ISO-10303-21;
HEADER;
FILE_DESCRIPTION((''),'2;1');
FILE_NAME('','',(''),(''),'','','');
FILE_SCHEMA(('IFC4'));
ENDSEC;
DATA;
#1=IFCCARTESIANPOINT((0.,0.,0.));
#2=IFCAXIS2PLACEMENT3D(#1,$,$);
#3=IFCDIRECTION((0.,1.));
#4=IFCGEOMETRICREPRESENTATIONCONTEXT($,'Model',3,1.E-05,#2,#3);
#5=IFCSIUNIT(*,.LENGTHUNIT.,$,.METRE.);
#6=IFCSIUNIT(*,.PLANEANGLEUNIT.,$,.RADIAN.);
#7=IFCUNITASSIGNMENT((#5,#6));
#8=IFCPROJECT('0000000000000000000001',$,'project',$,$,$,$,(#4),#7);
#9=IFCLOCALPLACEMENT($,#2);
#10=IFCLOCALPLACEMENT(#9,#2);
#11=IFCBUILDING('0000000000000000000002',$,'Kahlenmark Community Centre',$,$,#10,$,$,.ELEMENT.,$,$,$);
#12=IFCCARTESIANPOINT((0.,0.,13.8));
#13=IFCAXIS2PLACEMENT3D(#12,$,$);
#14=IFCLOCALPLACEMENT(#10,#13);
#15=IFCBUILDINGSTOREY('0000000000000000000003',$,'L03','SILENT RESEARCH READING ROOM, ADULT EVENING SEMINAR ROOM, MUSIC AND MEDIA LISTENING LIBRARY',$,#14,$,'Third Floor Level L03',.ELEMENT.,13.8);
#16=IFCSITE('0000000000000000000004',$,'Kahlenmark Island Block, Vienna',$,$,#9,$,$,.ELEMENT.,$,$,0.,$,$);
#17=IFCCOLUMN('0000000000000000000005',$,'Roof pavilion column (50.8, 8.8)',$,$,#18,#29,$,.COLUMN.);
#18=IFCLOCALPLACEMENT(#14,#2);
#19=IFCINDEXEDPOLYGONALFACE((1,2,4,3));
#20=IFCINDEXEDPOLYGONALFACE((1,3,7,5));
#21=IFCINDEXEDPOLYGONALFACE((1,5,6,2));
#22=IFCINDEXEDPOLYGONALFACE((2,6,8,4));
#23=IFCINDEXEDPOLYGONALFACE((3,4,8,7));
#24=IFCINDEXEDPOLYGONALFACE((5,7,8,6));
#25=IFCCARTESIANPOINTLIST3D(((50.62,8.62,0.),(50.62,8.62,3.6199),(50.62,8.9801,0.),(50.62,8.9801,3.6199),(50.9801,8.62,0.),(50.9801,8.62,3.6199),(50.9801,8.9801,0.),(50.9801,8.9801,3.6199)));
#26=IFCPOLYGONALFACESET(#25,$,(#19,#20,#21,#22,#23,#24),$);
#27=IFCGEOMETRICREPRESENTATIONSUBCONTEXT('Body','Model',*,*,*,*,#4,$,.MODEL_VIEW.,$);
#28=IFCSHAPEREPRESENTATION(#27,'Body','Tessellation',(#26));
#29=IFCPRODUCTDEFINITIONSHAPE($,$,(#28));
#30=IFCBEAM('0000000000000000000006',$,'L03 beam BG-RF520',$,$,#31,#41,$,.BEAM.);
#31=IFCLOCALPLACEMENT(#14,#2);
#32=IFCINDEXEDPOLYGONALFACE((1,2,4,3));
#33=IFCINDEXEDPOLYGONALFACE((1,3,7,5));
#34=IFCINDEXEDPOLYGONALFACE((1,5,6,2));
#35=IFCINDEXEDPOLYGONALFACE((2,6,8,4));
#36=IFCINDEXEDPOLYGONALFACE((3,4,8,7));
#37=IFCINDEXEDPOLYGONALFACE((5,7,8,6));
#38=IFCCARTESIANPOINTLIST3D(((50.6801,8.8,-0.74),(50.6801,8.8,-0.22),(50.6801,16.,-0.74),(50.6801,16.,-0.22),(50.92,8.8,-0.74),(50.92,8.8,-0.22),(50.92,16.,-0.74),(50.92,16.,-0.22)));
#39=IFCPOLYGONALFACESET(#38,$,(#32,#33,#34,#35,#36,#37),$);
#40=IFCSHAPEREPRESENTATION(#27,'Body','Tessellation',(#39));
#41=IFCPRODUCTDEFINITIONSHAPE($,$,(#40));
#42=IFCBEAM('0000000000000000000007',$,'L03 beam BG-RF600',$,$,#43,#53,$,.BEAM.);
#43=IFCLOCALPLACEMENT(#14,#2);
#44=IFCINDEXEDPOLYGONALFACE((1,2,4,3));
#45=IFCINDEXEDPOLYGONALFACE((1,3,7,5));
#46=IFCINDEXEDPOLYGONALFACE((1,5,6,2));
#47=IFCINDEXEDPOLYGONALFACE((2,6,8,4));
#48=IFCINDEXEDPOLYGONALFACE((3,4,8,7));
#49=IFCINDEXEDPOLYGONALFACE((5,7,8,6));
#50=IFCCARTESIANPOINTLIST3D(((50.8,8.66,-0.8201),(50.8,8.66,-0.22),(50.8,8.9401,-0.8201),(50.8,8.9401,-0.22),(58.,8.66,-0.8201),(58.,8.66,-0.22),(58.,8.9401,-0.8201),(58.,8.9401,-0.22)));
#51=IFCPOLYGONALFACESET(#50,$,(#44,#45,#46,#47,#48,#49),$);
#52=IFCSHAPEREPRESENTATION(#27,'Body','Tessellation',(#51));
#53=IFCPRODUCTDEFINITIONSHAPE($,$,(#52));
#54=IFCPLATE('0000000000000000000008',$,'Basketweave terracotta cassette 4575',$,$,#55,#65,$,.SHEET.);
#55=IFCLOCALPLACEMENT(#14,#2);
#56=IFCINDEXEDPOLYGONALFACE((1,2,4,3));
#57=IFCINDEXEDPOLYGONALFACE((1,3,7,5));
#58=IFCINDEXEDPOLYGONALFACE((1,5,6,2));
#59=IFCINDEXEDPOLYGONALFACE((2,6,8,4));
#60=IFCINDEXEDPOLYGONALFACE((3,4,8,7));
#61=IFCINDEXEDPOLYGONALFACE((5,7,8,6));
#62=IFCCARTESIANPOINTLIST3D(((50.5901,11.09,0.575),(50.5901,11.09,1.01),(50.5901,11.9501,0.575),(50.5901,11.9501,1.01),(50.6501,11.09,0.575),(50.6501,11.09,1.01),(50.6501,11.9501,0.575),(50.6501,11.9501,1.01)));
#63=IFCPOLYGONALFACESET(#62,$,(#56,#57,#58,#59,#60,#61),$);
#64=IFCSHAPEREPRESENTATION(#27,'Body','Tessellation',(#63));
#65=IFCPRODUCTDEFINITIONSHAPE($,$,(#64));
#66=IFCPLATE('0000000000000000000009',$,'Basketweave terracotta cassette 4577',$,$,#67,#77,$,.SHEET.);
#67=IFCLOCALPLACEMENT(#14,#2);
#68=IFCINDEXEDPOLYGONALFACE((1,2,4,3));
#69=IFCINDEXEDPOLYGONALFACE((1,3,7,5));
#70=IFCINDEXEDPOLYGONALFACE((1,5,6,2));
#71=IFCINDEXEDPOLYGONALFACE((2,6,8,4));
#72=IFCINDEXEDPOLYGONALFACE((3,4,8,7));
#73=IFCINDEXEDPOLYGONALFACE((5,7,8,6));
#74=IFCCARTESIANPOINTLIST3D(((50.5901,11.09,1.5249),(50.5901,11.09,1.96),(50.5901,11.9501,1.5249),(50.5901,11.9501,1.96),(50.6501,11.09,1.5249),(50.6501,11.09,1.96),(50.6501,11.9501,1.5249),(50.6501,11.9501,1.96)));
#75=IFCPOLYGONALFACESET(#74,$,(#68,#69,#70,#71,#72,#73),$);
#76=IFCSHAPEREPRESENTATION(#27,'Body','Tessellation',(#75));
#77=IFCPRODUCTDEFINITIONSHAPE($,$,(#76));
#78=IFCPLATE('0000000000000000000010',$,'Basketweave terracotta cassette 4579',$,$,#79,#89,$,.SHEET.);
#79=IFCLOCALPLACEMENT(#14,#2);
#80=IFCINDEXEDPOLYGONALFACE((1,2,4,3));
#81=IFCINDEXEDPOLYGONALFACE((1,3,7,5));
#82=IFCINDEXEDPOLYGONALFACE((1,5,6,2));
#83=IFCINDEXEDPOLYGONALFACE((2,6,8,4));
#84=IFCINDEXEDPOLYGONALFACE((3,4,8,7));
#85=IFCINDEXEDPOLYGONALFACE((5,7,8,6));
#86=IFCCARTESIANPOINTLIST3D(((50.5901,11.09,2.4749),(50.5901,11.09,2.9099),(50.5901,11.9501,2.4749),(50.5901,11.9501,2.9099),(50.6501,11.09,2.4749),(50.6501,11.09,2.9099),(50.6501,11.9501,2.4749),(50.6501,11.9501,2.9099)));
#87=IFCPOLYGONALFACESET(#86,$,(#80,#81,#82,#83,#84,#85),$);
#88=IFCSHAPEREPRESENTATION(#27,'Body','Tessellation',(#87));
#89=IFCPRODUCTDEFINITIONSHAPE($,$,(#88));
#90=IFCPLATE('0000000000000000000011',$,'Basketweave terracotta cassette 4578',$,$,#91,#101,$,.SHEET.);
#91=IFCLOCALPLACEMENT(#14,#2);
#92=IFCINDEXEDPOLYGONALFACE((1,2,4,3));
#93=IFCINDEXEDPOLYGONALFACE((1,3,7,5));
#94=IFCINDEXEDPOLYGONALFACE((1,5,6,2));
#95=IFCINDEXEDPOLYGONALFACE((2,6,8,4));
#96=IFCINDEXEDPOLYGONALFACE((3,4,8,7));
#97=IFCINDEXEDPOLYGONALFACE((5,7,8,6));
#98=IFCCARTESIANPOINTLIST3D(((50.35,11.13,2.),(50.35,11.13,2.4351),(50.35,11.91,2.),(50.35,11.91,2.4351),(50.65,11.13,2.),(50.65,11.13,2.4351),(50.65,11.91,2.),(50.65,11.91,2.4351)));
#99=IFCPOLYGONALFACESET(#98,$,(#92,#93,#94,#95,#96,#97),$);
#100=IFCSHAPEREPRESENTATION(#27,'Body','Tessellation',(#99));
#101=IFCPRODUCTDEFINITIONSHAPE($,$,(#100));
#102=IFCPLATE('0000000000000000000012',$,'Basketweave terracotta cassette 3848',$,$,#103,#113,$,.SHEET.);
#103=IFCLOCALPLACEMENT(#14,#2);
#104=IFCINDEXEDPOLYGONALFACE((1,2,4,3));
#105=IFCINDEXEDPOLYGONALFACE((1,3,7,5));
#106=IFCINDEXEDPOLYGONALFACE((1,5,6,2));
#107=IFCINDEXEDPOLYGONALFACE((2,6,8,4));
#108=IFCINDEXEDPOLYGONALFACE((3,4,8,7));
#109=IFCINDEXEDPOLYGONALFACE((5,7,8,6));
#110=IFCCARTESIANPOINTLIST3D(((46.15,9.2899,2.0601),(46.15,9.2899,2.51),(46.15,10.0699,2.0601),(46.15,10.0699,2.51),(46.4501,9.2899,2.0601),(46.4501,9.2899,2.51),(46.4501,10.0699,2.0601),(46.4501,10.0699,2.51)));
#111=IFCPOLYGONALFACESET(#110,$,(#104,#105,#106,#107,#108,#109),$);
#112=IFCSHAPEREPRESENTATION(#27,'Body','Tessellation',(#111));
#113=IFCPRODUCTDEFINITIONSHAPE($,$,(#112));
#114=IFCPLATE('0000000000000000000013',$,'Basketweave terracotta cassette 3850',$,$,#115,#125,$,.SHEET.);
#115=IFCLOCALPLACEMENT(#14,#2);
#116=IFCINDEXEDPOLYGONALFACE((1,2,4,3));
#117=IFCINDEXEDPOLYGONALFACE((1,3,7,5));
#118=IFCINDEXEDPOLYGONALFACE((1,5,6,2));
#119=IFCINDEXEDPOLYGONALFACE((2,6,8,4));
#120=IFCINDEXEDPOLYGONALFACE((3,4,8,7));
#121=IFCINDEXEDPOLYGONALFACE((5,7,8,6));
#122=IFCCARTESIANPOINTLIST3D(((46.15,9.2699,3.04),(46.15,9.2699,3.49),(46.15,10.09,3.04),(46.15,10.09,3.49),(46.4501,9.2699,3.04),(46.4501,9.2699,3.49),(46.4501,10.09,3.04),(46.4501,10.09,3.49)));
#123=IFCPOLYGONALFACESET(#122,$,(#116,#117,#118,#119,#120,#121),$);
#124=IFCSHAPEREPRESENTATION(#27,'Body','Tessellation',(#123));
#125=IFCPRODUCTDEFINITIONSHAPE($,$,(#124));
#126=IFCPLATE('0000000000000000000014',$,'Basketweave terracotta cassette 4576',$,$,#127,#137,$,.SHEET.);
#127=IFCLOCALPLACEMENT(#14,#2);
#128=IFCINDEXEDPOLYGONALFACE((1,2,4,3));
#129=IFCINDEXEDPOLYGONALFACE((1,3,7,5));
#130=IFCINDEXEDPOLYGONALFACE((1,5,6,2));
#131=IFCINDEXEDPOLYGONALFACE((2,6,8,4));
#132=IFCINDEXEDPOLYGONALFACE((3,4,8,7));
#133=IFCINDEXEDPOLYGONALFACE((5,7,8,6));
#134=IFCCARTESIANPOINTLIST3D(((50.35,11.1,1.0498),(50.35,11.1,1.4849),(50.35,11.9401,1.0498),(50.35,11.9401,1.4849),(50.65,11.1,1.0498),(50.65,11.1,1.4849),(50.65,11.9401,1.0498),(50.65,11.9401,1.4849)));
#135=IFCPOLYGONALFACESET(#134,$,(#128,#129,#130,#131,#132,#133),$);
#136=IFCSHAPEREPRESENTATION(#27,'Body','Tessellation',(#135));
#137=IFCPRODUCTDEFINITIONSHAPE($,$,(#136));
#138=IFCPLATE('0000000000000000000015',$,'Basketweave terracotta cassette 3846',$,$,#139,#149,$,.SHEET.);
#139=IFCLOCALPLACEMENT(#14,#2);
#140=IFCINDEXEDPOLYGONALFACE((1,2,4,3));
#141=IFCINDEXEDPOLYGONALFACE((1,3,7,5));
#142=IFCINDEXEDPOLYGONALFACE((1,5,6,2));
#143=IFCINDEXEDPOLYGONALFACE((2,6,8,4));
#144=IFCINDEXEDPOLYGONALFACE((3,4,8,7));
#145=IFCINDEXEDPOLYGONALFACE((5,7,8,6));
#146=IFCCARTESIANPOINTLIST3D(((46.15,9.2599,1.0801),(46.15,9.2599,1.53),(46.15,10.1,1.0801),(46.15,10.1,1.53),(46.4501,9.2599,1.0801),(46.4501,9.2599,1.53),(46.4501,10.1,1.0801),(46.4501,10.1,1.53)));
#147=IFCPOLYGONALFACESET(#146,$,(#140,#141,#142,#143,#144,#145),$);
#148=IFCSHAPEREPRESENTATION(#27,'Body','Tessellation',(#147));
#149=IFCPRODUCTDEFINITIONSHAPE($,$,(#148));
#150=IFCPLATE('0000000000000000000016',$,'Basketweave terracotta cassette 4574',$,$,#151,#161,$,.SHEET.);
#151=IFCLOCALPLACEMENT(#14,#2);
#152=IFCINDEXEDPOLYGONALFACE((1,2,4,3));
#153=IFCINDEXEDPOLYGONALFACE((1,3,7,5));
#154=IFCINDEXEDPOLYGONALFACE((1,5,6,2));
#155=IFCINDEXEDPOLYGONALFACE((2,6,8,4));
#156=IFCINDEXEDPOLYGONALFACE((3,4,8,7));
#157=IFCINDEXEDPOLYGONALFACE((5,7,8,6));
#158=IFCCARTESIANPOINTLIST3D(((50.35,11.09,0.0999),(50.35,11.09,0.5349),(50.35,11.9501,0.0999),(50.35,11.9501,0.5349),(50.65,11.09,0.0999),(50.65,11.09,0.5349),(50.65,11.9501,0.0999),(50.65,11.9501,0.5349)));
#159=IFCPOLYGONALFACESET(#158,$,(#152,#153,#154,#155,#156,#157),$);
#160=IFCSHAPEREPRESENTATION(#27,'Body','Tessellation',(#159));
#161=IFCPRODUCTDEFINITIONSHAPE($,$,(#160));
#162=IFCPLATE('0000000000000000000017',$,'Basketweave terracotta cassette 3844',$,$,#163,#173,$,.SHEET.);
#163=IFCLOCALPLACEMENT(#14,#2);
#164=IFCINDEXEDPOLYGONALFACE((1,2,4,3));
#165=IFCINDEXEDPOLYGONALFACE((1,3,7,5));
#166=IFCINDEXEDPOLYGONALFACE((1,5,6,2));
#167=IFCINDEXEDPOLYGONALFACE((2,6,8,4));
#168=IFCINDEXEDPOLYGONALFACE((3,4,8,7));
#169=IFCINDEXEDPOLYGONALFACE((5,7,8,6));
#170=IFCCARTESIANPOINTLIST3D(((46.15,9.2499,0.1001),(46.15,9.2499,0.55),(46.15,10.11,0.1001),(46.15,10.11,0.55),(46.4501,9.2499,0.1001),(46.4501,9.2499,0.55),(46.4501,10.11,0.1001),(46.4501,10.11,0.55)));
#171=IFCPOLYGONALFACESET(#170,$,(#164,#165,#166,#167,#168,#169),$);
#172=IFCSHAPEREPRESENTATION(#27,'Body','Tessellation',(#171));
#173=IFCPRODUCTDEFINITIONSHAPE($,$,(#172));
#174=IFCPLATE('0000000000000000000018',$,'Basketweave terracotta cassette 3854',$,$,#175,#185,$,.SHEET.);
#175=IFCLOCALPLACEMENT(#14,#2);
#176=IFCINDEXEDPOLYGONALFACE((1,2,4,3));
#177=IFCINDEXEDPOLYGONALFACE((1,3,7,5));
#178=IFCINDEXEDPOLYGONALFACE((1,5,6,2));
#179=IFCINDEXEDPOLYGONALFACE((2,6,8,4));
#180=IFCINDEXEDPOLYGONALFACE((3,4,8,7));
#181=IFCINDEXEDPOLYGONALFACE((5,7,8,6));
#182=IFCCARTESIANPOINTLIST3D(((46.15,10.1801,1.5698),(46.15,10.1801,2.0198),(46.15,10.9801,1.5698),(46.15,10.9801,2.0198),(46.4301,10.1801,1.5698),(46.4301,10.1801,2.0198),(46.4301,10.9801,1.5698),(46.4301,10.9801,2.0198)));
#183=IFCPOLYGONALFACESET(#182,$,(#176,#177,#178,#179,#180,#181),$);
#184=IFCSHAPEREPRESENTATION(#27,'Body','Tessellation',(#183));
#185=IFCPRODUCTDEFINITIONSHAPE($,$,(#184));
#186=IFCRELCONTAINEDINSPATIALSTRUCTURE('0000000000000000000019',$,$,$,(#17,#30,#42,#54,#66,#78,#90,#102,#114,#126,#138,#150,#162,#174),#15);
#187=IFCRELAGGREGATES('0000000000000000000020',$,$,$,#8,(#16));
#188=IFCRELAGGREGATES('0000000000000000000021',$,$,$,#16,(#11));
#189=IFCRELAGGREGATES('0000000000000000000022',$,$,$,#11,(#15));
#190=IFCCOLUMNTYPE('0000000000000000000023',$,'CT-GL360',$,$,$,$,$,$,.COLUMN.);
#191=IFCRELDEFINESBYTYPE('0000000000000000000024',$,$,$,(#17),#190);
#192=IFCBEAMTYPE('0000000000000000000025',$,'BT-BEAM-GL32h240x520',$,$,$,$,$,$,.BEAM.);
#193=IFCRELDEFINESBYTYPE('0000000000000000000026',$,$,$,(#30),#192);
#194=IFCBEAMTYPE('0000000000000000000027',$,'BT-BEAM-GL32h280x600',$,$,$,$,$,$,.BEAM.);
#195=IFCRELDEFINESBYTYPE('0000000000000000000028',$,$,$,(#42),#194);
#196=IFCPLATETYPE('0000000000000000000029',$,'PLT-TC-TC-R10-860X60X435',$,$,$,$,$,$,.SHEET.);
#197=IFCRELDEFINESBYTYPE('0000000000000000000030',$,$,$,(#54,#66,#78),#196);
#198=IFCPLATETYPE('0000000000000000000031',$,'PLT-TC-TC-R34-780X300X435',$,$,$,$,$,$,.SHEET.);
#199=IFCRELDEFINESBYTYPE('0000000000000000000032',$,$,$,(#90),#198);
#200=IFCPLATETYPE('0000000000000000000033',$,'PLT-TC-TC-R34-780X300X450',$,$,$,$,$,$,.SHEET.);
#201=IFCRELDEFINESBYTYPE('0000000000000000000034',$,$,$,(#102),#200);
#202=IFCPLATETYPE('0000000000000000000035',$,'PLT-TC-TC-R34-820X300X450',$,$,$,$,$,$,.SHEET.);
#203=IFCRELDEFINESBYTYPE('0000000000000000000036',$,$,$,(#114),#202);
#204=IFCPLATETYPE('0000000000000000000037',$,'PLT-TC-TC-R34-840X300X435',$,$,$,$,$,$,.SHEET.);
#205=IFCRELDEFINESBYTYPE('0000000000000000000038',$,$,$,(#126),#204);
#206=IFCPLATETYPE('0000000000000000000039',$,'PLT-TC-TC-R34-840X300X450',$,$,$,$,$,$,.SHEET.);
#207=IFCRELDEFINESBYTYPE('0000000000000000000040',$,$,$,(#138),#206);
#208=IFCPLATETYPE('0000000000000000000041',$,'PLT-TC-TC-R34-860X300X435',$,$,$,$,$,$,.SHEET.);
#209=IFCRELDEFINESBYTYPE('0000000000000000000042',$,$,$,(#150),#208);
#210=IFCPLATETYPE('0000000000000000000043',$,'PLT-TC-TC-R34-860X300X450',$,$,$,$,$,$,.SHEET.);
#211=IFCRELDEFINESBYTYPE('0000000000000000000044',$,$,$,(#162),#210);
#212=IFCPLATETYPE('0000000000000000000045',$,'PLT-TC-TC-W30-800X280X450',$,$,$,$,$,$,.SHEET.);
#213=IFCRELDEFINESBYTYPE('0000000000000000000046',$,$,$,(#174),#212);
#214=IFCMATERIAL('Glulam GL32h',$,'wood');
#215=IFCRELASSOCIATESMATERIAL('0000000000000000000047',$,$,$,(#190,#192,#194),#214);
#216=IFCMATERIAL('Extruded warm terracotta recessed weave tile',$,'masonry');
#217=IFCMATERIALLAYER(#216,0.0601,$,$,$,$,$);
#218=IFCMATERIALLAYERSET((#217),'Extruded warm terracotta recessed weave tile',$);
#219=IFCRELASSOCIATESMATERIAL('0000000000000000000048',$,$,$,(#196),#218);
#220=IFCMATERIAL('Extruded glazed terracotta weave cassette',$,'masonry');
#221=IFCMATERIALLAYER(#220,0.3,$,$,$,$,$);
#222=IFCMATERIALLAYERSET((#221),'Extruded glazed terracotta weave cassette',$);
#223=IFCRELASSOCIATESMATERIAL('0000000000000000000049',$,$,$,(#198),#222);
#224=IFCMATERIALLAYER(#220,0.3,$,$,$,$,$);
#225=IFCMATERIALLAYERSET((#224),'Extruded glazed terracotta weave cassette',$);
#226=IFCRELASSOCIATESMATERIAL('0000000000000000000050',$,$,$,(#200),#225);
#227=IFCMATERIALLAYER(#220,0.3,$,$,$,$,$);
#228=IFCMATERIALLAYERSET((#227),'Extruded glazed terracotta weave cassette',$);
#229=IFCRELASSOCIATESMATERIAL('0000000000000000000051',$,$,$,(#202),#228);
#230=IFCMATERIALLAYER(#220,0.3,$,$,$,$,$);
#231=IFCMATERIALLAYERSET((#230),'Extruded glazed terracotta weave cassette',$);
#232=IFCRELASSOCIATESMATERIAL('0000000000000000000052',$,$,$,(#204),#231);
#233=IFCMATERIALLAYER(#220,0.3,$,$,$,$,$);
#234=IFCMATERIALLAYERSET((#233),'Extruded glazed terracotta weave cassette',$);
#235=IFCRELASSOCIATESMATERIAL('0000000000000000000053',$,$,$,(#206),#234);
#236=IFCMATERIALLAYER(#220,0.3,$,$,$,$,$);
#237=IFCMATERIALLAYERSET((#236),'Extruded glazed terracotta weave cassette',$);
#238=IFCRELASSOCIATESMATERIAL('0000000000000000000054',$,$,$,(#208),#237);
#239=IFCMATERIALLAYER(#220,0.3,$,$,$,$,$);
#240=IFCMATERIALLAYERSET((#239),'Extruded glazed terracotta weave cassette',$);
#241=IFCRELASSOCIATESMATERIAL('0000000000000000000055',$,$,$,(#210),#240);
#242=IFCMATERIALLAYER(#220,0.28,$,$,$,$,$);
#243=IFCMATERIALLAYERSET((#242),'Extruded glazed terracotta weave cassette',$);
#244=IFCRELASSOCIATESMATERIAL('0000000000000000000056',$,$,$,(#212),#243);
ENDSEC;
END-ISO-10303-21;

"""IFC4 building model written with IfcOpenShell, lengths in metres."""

from ifc_helpers import new_model, si_unit, direction, frame, origin, origin_2d, place, context, subcontext, project, spatial, rectangle, extrude, material, layer, layer_set, material_profile, profile_set, type_object, element, save


model = new_model("IFC4")

# Units and contexts
model_context = context("Model", 3, precision=1e-05, world=origin(), true_north=direction((0.0, 1.0)))
body_context = subcontext(model_context, "Body", "Model", "MODEL_VIEW")
ifc_project = project(units=[si_unit("LENGTHUNIT", "METRE"), si_unit("PLANEANGLEUNIT", "RADIAN")], contexts=[model_context])

# Site, building, storey
site_placement = place(None, origin())
site = spatial("IfcSite", under=ifc_project, at=site_placement, Name="Kahlenmark Island Block, Vienna", CompositionType="ELEMENT", RefElevation=0.0)
building_placement = place(site_placement, origin())
building = spatial("IfcBuilding", under=site, at=building_placement, Name="Kahlenmark Community Centre", CompositionType="ELEMENT")
storey_placement = place(building_placement, frame((0.0, 0.0, 13.8)))
storey = spatial("IfcBuildingStorey", under=building, at=storey_placement, Name="L03", Description="SILENT RESEARCH READING ROOM, ADULT EVENING SEMINAR ROOM, MUSIC AND MEDIA LISTENING LIBRARY", LongName="Third Floor Level L03", CompositionType="ELEMENT", Elevation=13.8)

# Column
ifc_material_1 = material(Name="Glulam GL32h", Category="wood")
ifc_material_profile_1 = material_profile(ifc_material_1, rectangle(XDim=0.3601, YDim=0.3601, at=origin_2d()), Name="GL32h 360x360")
ifc_profile_set_1 = profile_set([ifc_material_profile_1], Name="Glulam GL32h")
column_type = type_object("IfcColumnType", Name="CT-GL360", PredefinedType="COLUMN", material=ifc_profile_set_1)
column_placement = place(storey_placement, frame((50.8, 8.8, 0.0), z_axis=(0.0, 0.0, 1.0), x_axis=(1.0, 0.0, 0.0)))
element("IfcColumn", 1, at=column_placement, inside=storey, type_object=column_type, Name="Roof pavilion column (50.8, 8.8)", PredefinedType="COLUMN", context=body_context, shape_type="SweptSolid", body=[
    extrude(rectangle(XDim=0.3601, YDim=0.3601, at=origin_2d()), origin(), (0.0, 0.0, 1.0), 3.6199),
])

# Beams
ifc_material_profile_2 = material_profile(ifc_material_1, rectangle(XDim=0.24, YDim=0.52, at=origin_2d()), Name="GL32h 240x520")
ifc_profile_set_2 = profile_set([ifc_material_profile_2], Name="Glulam GL32h")
beam_type_1 = type_object("IfcBeamType", Name="BT-BEAM-GL32h240x520", PredefinedType="BEAM", material=ifc_profile_set_2)
beam_1_placement = place(storey_placement, frame((50.8, 8.8, -0.48), z_axis=(0.0, 1.0, 0.0), x_axis=(-1.0, 0.0, 0.0)))
element("IfcBeam", 2, at=beam_1_placement, inside=storey, type_object=beam_type_1, Name="L03 beam BG-RF520", PredefinedType="BEAM", context=body_context, shape_type="SweptSolid", body=[
    extrude(rectangle(XDim=0.24, YDim=0.52, at=origin_2d()), origin(), (0.0, 0.0, 1.0), 7.2),
])
ifc_material_profile_3 = material_profile(ifc_material_1, rectangle(XDim=0.28, YDim=0.6001, at=origin_2d()), Name="GL32h 280x600")
ifc_profile_set_3 = profile_set([ifc_material_profile_3], Name="Glulam GL32h")
beam_type_2 = type_object("IfcBeamType", Name="BT-BEAM-GL32h280x600", PredefinedType="BEAM", material=ifc_profile_set_3)
beam_2_placement = place(storey_placement, frame((50.8, 8.8, -0.52), z_axis=(1.0, 0.0, 0.0), x_axis=(0.0, 1.0, 0.0)))
element("IfcBeam", 3, at=beam_2_placement, inside=storey, type_object=beam_type_2, Name="L03 beam BG-RF600", PredefinedType="BEAM", context=body_context, shape_type="SweptSolid", body=[
    extrude(rectangle(XDim=0.28, YDim=0.6001, at=origin_2d()), origin(), (0.0, 0.0, 1.0), 7.2),
])

# Plates
ifc_material_2 = material(Name="Extruded warm terracotta recessed weave tile", Category="masonry")
ifc_layer_1 = layer(ifc_material_2, 0.0601)
ifc_layer_set_1 = layer_set([ifc_layer_1], Name="Extruded warm terracotta recessed weave tile")
plate_type_1 = type_object("IfcPlateType", Name="PLT-TC-TC-R10-860X60X435", PredefinedType="SHEET", material=ifc_layer_set_1)
for number, where, z_axis, x_axis, name in (
    (4, (50.6201, 11.52, 0.575), (0.0, 0.0, 1.0), (0.0, -1.0, 0.0), "Basketweave terracotta cassette 4575"),
    (5, (50.6201, 11.52, 1.5249), (0.0, 0.0, 1.0), (0.0, -1.0, 0.0), "Basketweave terracotta cassette 4577"),
    (6, (50.6201, 11.52, 2.4749), (0.0, 0.0, 1.0), (0.0, -1.0, 0.0), "Basketweave terracotta cassette 4579"),
):
    element("IfcPlate", number, at=place(storey_placement, frame(where, z_axis=z_axis, x_axis=x_axis)), inside=storey, type_object=plate_type_1, Name=name, PredefinedType="SHEET", context=body_context, shape_type="SweptSolid", body=[
        extrude(rectangle(XDim=0.8601, YDim=0.0601, at=origin_2d()), origin(), (0.0, 0.0, 1.0), 0.4351),
    ])
ifc_material_3 = material(Name="Extruded glazed terracotta weave cassette", Category="masonry")
ifc_layer_2 = layer(ifc_material_3, 0.3)
ifc_layer_set_2 = layer_set([ifc_layer_2], Name="Extruded glazed terracotta weave cassette")
plate_type_2 = type_object("IfcPlateType", Name="PLT-TC-TC-R34-780X300X435", PredefinedType="SHEET", material=ifc_layer_set_2)
plate_1_placement = place(storey_placement, frame((50.5, 11.52, 2.0), z_axis=(0.0, 0.0, 1.0), x_axis=(0.0, -1.0, 0.0)))
element("IfcPlate", 7, at=plate_1_placement, inside=storey, type_object=plate_type_2, Name="Basketweave terracotta cassette 4578", PredefinedType="SHEET", context=body_context, shape_type="SweptSolid", body=[
    extrude(rectangle(XDim=0.78, YDim=0.3, at=origin_2d()), origin(), (0.0, 0.0, 1.0), 0.4351),
])
ifc_layer_3 = layer(ifc_material_3, 0.3)
ifc_layer_set_3 = layer_set([ifc_layer_3], Name="Extruded glazed terracotta weave cassette")
plate_type_3 = type_object("IfcPlateType", Name="PLT-TC-TC-R34-780X300X450", PredefinedType="SHEET", material=ifc_layer_set_3)
plate_2_placement = place(storey_placement, frame((46.3, 9.6799, 2.0601), z_axis=(0.0, 0.0, 1.0), x_axis=(0.0, 1.0, 0.0)))
element("IfcPlate", 8, at=plate_2_placement, inside=storey, type_object=plate_type_3, Name="Basketweave terracotta cassette 3848", PredefinedType="SHEET", context=body_context, shape_type="SweptSolid", body=[
    extrude(rectangle(XDim=0.78, YDim=0.3, at=origin_2d()), origin(), (0.0, 0.0, 1.0), 0.45),
])
ifc_layer_4 = layer(ifc_material_3, 0.3)
ifc_layer_set_4 = layer_set([ifc_layer_4], Name="Extruded glazed terracotta weave cassette")
plate_type_4 = type_object("IfcPlateType", Name="PLT-TC-TC-R34-820X300X450", PredefinedType="SHEET", material=ifc_layer_set_4)
plate_3_placement = place(storey_placement, frame((46.3, 9.6799, 3.04), z_axis=(0.0, 0.0, 1.0), x_axis=(0.0, 1.0, 0.0)))
element("IfcPlate", 9, at=plate_3_placement, inside=storey, type_object=plate_type_4, Name="Basketweave terracotta cassette 3850", PredefinedType="SHEET", context=body_context, shape_type="SweptSolid", body=[
    extrude(rectangle(XDim=0.8201, YDim=0.3, at=origin_2d()), origin(), (0.0, 0.0, 1.0), 0.45),
])
ifc_layer_5 = layer(ifc_material_3, 0.3)
ifc_layer_set_5 = layer_set([ifc_layer_5], Name="Extruded glazed terracotta weave cassette")
plate_type_5 = type_object("IfcPlateType", Name="PLT-TC-TC-R34-840X300X435", PredefinedType="SHEET", material=ifc_layer_set_5)
plate_4_placement = place(storey_placement, frame((50.5, 11.52, 1.0498), z_axis=(0.0, 0.0, 1.0), x_axis=(0.0, -1.0, 0.0)))
element("IfcPlate", 10, at=plate_4_placement, inside=storey, type_object=plate_type_5, Name="Basketweave terracotta cassette 4576", PredefinedType="SHEET", context=body_context, shape_type="SweptSolid", body=[
    extrude(rectangle(XDim=0.8401, YDim=0.3, at=origin_2d()), origin(), (0.0, 0.0, 1.0), 0.4351),
])
ifc_layer_6 = layer(ifc_material_3, 0.3)
ifc_layer_set_6 = layer_set([ifc_layer_6], Name="Extruded glazed terracotta weave cassette")
plate_type_6 = type_object("IfcPlateType", Name="PLT-TC-TC-R34-840X300X450", PredefinedType="SHEET", material=ifc_layer_set_6)
plate_5_placement = place(storey_placement, frame((46.3, 9.6799, 1.0801), z_axis=(0.0, 0.0, 1.0), x_axis=(0.0, 1.0, 0.0)))
element("IfcPlate", 11, at=plate_5_placement, inside=storey, type_object=plate_type_6, Name="Basketweave terracotta cassette 3846", PredefinedType="SHEET", context=body_context, shape_type="SweptSolid", body=[
    extrude(rectangle(XDim=0.8401, YDim=0.3, at=origin_2d()), origin(), (0.0, 0.0, 1.0), 0.45),
])
ifc_layer_7 = layer(ifc_material_3, 0.3)
ifc_layer_set_7 = layer_set([ifc_layer_7], Name="Extruded glazed terracotta weave cassette")
plate_type_7 = type_object("IfcPlateType", Name="PLT-TC-TC-R34-860X300X435", PredefinedType="SHEET", material=ifc_layer_set_7)
plate_6_placement = place(storey_placement, frame((50.5, 11.52, 0.0999), z_axis=(0.0, 0.0, 1.0), x_axis=(0.0, -1.0, 0.0)))
element("IfcPlate", 12, at=plate_6_placement, inside=storey, type_object=plate_type_7, Name="Basketweave terracotta cassette 4574", PredefinedType="SHEET", context=body_context, shape_type="SweptSolid", body=[
    extrude(rectangle(XDim=0.8601, YDim=0.3, at=origin_2d()), origin(), (0.0, 0.0, 1.0), 0.4351),
])
ifc_layer_8 = layer(ifc_material_3, 0.3)
ifc_layer_set_8 = layer_set([ifc_layer_8], Name="Extruded glazed terracotta weave cassette")
plate_type_8 = type_object("IfcPlateType", Name="PLT-TC-TC-R34-860X300X450", PredefinedType="SHEET", material=ifc_layer_set_8)
plate_7_placement = place(storey_placement, frame((46.3, 9.6799, 0.1001), z_axis=(0.0, 0.0, 1.0), x_axis=(0.0, 1.0, 0.0)))
element("IfcPlate", 13, at=plate_7_placement, inside=storey, type_object=plate_type_8, Name="Basketweave terracotta cassette 3844", PredefinedType="SHEET", context=body_context, shape_type="SweptSolid", body=[
    extrude(rectangle(XDim=0.8601, YDim=0.3, at=origin_2d()), origin(), (0.0, 0.0, 1.0), 0.45),
])
ifc_layer_9 = layer(ifc_material_3, 0.28)
ifc_layer_set_9 = layer_set([ifc_layer_9], Name="Extruded glazed terracotta weave cassette")
plate_type_9 = type_object("IfcPlateType", Name="PLT-TC-TC-W30-800X280X450", PredefinedType="SHEET", material=ifc_layer_set_9)
plate_8_placement = place(storey_placement, frame((46.29, 10.5801, 1.5698), z_axis=(0.0, 0.0, 1.0), x_axis=(0.0, 1.0, 0.0)))
element("IfcPlate", 14, at=plate_8_placement, inside=storey, type_object=plate_type_9, Name="Basketweave terracotta cassette 3854", PredefinedType="SHEET", context=body_context, shape_type="SweptSolid", body=[
    extrude(rectangle(XDim=0.8, YDim=0.28, at=origin_2d()), origin(), (0.0, 0.0, 1.0), 0.45),
])

save(model, "model.ifc")
